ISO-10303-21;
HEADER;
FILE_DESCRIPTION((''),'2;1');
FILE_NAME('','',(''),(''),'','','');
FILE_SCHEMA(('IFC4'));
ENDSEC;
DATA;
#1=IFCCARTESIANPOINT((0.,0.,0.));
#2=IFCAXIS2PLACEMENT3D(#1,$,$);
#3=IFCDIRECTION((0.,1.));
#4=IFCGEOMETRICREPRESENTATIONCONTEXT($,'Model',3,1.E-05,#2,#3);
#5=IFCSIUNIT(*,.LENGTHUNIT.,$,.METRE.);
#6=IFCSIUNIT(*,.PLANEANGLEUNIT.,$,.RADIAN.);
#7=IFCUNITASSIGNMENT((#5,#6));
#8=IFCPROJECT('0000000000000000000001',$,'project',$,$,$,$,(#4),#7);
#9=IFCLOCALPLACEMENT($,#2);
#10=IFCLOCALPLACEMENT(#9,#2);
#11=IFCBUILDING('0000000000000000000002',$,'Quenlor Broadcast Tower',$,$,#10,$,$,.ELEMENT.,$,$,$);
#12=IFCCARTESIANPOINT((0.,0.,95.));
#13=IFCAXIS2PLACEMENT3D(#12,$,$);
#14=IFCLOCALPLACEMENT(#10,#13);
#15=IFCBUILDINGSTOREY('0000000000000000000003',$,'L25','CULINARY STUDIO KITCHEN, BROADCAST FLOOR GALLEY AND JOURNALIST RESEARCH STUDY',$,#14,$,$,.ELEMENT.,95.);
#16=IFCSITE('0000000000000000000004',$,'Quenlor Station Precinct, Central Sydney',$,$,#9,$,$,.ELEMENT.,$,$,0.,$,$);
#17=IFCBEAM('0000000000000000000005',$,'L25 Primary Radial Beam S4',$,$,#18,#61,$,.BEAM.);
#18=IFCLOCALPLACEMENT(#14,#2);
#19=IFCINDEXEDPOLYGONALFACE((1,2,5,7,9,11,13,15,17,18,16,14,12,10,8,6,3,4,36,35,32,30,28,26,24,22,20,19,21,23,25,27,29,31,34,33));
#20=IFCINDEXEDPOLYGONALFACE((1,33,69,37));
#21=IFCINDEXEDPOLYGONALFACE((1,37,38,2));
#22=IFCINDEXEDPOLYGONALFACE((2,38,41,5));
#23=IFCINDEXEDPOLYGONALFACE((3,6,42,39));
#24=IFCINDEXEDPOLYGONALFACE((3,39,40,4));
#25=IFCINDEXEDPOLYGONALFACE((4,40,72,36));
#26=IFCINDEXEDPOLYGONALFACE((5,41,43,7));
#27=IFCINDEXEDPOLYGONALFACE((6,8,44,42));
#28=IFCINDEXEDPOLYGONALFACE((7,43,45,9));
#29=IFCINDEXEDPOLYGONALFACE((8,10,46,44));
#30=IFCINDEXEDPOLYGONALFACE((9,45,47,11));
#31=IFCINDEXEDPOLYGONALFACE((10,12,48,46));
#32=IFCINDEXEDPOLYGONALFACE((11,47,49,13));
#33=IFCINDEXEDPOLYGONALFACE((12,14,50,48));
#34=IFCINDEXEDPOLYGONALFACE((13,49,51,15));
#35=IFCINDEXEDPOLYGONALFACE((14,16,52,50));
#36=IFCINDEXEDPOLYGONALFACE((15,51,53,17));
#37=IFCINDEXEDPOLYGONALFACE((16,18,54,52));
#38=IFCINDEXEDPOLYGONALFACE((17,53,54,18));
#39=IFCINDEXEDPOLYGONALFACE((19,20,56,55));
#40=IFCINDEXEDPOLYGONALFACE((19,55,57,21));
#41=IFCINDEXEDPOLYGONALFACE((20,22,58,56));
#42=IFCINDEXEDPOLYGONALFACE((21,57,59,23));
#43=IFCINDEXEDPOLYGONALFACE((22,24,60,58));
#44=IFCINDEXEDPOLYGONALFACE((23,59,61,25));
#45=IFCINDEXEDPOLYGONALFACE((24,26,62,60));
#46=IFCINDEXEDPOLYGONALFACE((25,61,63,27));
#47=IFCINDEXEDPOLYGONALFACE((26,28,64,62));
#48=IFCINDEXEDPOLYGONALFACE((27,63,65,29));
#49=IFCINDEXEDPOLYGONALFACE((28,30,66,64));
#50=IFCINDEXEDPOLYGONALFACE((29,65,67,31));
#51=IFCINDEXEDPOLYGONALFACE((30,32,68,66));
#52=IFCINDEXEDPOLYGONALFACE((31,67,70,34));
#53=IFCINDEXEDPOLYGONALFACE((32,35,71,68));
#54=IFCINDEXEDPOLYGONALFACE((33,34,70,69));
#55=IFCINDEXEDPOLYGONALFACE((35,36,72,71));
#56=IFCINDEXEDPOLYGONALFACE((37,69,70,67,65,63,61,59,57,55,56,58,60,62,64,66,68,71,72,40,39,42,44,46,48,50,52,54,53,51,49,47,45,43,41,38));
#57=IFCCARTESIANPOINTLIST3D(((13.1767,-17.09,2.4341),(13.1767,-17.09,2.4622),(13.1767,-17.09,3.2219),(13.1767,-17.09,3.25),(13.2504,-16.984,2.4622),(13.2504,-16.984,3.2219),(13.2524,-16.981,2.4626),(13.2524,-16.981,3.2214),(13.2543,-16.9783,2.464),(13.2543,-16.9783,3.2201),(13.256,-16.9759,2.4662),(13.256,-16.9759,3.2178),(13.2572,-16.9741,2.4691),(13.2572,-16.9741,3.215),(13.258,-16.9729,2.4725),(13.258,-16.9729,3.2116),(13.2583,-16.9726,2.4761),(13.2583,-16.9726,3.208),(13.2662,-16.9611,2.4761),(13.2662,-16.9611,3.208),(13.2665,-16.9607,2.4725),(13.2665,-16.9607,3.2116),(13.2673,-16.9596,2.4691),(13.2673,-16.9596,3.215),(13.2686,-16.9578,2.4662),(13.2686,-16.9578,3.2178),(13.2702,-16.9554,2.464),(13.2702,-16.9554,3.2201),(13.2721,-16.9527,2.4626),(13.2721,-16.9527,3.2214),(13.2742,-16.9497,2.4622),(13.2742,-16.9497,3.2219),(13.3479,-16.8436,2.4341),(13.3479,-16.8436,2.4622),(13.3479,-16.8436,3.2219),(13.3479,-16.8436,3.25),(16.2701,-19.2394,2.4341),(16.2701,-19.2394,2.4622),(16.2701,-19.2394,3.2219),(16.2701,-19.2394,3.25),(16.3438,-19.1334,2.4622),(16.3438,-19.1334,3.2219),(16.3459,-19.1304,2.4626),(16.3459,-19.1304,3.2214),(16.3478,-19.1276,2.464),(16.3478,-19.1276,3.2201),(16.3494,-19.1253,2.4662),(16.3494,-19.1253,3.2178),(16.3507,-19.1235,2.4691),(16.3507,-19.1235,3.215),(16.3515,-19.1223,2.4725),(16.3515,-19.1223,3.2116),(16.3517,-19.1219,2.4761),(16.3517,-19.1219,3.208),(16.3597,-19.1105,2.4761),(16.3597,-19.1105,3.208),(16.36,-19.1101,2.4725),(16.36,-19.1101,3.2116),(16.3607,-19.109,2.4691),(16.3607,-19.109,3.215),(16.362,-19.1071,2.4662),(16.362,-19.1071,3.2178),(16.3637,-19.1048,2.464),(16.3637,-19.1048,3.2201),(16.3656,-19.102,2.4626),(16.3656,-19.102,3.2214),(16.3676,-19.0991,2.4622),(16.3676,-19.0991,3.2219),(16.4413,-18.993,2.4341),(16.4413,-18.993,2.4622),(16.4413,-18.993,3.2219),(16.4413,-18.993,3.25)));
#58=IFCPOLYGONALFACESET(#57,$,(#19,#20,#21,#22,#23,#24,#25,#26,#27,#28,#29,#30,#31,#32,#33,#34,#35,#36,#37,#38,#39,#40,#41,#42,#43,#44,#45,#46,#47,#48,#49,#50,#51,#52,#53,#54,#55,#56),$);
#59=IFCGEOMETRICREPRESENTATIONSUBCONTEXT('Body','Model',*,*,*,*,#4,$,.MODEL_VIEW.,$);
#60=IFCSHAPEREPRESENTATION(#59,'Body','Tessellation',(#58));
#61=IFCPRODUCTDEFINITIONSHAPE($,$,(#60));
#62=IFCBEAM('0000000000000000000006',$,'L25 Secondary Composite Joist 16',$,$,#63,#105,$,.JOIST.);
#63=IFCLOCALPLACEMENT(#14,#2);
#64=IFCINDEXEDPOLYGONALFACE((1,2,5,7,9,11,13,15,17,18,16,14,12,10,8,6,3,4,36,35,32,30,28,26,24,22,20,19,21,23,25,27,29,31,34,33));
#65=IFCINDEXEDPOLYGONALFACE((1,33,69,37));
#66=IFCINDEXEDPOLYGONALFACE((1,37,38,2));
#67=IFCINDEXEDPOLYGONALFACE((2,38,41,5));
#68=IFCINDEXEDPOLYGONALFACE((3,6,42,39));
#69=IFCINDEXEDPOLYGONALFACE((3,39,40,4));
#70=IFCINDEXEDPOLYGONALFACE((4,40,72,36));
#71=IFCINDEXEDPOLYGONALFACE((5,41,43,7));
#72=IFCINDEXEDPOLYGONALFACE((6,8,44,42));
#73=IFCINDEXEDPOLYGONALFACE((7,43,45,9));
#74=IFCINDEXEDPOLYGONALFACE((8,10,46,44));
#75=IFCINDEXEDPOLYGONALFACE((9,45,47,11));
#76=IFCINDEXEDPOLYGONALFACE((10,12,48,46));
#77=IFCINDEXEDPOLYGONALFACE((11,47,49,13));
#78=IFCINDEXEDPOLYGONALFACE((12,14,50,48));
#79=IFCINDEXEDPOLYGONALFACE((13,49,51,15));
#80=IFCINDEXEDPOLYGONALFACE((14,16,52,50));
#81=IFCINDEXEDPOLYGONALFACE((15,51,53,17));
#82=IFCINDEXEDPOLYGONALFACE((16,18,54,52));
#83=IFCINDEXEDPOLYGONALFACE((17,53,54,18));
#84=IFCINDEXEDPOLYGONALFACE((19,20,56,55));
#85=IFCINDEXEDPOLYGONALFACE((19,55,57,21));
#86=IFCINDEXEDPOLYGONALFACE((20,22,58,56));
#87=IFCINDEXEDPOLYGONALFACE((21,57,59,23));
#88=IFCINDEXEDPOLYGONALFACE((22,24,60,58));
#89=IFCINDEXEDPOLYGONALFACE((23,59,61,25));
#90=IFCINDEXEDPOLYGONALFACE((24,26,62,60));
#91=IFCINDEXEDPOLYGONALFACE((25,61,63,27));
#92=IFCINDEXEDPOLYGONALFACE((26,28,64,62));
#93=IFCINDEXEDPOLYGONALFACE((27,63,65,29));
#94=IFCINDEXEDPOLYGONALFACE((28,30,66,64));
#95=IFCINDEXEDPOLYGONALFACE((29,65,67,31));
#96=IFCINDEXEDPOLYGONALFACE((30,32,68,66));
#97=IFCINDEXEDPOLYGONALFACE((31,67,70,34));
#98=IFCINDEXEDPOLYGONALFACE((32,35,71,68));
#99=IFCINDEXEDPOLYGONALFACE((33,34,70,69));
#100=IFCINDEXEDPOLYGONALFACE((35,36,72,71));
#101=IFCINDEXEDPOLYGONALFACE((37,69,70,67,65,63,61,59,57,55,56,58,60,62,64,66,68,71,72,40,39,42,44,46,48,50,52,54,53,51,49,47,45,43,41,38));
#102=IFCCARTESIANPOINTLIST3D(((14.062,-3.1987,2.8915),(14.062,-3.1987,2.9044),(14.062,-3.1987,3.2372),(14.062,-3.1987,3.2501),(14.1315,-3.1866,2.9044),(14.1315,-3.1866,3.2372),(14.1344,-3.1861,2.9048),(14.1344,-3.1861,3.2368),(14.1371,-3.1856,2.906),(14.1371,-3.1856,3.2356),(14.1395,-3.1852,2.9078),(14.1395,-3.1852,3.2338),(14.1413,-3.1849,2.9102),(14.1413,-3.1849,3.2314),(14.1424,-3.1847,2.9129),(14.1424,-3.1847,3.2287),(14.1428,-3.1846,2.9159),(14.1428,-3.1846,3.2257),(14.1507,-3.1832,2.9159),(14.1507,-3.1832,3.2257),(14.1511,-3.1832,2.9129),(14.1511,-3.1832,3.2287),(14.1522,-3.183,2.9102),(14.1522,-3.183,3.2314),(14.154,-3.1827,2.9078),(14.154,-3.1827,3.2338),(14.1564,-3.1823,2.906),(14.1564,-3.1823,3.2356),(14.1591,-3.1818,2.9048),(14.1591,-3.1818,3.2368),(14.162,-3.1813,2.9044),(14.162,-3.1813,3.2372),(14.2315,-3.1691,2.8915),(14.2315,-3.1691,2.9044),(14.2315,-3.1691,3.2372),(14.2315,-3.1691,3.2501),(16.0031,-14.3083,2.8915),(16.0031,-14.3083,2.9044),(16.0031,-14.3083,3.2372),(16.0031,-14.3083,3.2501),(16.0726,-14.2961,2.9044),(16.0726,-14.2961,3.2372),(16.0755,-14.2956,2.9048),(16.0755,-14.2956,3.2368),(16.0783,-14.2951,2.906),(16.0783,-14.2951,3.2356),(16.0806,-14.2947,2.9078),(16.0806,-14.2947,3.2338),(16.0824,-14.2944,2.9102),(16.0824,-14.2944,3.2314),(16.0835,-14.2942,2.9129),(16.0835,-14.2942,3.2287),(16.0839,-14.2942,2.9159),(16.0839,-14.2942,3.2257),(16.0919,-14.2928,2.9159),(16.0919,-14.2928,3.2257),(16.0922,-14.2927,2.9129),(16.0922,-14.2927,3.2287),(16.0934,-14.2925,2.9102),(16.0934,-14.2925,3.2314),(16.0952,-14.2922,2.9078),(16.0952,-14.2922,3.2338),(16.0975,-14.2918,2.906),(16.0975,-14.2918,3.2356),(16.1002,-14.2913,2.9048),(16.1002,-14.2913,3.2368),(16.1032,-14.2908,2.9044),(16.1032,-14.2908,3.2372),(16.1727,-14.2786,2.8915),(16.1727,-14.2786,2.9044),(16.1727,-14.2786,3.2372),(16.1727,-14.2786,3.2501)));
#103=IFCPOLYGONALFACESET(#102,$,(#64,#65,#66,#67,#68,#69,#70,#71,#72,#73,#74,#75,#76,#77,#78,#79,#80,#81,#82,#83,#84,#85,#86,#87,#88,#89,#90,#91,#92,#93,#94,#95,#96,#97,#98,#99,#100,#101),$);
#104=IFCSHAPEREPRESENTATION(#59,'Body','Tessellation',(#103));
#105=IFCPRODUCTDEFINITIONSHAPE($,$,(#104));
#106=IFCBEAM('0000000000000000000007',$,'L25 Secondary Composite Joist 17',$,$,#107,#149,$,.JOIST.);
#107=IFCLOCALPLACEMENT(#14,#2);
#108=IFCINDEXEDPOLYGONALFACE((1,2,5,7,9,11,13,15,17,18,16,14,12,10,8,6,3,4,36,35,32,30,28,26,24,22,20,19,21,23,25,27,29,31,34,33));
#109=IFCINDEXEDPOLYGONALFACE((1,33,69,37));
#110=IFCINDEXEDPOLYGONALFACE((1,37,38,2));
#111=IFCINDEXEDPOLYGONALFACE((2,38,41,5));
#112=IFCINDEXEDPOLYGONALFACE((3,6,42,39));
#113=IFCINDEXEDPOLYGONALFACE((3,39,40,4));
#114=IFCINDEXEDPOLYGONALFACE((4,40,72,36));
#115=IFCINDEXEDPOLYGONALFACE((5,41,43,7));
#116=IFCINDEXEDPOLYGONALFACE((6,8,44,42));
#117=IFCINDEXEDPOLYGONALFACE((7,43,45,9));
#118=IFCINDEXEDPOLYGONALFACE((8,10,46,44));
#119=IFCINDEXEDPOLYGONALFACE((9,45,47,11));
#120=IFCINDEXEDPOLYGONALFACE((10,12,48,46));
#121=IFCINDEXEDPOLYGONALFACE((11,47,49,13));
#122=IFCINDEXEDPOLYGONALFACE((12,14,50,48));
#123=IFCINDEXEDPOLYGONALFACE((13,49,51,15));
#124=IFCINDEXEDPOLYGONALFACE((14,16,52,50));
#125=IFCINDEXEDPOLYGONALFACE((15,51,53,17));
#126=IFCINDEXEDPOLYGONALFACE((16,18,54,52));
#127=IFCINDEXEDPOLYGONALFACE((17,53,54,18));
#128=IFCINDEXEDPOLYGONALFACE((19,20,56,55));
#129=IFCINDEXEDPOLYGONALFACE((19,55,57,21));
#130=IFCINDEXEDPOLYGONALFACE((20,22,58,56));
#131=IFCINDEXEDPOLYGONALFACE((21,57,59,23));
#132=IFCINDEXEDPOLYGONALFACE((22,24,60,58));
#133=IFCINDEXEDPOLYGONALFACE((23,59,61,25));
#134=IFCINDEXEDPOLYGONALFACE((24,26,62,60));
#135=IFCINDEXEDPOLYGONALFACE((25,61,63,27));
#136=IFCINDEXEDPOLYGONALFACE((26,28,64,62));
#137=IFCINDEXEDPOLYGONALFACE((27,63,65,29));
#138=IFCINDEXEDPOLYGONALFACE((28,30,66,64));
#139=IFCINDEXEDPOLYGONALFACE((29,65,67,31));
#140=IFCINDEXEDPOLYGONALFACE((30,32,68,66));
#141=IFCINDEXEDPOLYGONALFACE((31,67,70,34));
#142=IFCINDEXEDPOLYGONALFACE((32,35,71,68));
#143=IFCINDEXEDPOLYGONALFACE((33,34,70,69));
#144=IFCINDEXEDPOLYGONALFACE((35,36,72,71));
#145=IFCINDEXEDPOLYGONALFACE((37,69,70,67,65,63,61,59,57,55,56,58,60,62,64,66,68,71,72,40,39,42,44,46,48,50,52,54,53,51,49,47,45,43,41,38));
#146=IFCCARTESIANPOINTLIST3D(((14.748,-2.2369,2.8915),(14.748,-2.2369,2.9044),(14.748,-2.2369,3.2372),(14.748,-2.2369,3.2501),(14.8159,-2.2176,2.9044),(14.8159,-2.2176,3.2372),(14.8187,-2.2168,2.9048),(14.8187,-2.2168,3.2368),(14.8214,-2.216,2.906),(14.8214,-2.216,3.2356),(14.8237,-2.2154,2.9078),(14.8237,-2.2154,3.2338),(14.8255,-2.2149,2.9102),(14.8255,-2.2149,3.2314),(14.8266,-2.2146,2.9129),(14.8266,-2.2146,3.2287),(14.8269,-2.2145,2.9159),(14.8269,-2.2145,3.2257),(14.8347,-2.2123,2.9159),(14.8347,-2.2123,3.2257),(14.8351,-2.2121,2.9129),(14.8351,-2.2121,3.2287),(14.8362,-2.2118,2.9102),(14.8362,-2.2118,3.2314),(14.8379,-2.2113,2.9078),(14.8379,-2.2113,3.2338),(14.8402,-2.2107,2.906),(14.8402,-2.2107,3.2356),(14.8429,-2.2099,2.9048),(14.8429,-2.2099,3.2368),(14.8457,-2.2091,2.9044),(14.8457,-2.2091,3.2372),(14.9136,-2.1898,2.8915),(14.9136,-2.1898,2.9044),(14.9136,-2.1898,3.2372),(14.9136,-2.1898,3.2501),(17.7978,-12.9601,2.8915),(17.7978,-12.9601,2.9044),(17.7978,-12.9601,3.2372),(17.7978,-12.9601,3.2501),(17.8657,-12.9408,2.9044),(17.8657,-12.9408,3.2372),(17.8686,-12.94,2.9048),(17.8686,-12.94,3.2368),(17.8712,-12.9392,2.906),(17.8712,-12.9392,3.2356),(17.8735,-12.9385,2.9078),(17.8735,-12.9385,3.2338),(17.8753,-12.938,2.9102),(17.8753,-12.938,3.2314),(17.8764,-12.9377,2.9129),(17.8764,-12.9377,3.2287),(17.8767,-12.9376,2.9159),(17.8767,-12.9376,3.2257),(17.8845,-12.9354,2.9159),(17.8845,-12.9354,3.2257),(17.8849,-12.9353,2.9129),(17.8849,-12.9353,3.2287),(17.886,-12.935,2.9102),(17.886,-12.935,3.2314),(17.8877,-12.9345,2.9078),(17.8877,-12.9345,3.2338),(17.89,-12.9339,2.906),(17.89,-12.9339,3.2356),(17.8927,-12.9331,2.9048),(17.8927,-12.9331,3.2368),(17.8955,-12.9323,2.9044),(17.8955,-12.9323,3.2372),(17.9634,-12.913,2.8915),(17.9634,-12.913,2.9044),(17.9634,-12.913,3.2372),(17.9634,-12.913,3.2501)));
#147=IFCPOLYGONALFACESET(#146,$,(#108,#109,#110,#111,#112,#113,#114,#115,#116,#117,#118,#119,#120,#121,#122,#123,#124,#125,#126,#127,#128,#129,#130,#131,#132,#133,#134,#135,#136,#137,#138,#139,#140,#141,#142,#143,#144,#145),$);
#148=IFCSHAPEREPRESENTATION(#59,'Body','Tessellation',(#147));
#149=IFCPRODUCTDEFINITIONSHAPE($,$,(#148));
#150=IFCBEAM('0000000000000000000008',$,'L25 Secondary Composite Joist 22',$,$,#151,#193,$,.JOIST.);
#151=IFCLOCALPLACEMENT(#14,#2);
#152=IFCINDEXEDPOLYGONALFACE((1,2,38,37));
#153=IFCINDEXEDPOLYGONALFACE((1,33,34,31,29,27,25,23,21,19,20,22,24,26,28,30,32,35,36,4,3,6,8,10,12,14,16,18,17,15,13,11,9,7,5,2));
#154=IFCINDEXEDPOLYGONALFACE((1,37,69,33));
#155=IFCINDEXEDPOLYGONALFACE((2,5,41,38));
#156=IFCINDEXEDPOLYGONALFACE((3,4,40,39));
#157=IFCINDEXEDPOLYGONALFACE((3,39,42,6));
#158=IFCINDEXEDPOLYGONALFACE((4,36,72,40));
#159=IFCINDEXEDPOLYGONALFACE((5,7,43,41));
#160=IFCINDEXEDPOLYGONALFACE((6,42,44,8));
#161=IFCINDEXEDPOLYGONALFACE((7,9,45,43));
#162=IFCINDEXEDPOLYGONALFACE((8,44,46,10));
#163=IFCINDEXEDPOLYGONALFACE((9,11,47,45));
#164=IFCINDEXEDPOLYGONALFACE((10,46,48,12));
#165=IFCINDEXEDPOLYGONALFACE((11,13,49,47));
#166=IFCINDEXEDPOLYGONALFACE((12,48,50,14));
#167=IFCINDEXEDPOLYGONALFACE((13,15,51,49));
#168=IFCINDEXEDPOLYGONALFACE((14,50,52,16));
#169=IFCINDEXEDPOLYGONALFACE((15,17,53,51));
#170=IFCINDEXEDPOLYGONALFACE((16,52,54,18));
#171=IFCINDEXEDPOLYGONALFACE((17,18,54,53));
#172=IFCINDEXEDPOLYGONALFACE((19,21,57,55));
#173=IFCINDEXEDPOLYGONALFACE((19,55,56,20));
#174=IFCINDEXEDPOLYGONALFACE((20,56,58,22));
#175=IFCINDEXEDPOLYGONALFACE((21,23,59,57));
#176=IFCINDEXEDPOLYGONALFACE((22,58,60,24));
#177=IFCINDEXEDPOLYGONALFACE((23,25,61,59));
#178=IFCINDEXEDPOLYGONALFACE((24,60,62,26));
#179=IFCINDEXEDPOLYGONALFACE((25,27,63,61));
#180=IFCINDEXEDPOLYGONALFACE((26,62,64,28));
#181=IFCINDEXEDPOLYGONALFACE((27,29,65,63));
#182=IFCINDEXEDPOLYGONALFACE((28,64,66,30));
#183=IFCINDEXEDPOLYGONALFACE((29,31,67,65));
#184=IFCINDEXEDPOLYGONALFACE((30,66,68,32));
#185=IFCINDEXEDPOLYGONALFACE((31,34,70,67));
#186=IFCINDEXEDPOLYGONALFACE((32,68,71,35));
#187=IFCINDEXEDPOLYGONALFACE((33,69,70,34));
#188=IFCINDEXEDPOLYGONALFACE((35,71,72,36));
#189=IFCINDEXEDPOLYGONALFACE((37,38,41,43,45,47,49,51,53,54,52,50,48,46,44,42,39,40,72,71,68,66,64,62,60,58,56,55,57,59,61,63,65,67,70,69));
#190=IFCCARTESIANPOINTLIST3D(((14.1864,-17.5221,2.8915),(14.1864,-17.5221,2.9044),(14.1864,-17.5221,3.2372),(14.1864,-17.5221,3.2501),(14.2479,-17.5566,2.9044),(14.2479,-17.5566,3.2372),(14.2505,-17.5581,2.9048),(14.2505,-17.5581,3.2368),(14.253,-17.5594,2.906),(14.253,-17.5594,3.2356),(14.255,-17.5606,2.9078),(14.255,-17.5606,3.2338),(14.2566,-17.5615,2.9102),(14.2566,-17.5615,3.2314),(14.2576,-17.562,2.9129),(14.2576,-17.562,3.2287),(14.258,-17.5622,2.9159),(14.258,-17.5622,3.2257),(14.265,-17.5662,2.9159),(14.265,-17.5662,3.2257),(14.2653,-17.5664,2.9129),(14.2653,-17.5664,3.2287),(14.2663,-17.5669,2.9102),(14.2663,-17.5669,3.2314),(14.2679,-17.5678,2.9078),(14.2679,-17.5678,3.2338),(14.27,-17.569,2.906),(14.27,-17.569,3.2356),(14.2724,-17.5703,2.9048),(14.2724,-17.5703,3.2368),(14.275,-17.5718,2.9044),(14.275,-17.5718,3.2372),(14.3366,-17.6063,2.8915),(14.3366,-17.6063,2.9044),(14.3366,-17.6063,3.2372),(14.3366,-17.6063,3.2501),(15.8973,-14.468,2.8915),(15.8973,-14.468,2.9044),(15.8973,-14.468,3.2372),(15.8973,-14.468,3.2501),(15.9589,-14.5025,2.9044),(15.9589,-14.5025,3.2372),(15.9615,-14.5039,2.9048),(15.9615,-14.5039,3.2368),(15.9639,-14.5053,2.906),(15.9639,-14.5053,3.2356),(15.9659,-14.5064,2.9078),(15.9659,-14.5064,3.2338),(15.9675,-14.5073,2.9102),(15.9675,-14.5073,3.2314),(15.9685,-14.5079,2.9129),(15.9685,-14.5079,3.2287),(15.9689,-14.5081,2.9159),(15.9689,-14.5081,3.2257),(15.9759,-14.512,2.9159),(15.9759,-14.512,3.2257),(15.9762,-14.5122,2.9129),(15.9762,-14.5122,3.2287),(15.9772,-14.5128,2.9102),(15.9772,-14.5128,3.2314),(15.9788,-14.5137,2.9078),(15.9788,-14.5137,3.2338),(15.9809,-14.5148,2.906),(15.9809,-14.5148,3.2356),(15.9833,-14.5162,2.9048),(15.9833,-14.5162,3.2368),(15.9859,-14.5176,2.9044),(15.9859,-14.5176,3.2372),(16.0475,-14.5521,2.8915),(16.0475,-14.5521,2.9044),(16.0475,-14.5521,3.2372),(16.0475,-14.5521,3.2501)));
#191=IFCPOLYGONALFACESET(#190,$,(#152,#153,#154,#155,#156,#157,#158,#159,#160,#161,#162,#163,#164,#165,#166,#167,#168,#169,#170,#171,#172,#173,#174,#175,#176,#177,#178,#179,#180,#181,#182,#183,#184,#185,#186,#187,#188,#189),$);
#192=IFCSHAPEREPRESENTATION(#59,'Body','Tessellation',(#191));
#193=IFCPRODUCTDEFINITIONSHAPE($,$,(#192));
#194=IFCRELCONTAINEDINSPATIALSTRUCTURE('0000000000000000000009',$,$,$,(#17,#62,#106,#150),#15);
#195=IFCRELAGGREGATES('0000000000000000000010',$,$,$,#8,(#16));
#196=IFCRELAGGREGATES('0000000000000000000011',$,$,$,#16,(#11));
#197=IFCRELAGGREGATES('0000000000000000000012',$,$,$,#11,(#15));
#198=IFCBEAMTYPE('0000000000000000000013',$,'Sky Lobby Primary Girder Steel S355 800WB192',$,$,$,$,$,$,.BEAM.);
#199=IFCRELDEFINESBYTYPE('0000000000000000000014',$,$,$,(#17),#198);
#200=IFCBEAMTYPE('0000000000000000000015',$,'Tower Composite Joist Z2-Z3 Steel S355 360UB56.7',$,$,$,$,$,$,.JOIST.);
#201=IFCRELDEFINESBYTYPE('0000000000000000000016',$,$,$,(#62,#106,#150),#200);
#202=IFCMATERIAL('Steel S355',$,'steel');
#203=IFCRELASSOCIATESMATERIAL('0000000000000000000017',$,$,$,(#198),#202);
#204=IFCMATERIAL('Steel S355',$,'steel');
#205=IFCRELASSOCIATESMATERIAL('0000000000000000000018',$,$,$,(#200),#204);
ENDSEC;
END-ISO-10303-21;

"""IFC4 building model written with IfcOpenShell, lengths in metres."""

from ifc_helpers import new_model, si_unit, direction, frame, origin, origin_2d, place, context, subcontext, project, spatial, i_section, extrude, material, material_profile, profile_set, type_object, element, save


model = new_model("IFC4")

# Units and contexts
model_context = context("Model", 3, precision=1e-05, world=origin(), true_north=direction((0.0, 1.0)))
body_context = subcontext(model_context, "Body", "Model", "MODEL_VIEW")
ifc_project = project(units=[si_unit("LENGTHUNIT", "METRE"), si_unit("PLANEANGLEUNIT", "RADIAN")], contexts=[model_context])

# Site, building, storey
site_placement = place(None, origin())
site = spatial("IfcSite", under=ifc_project, at=site_placement, Name="Quenlor Station Precinct, Central Sydney", CompositionType="ELEMENT", RefElevation=0.0)
building_placement = place(site_placement, origin())
building = spatial("IfcBuilding", under=site, at=building_placement, Name="Quenlor Broadcast Tower", CompositionType="ELEMENT")
storey_placement = place(building_placement, frame((0.0, 0.0, 95.0)))
storey = spatial("IfcBuildingStorey", under=building, at=storey_placement, Name="L25", Description="CULINARY STUDIO KITCHEN, BROADCAST FLOOR GALLEY AND JOURNALIST RESEARCH STUDY", CompositionType="ELEMENT", Elevation=95.0)

# Beams
ifc_material_1 = material(Name="Steel S355", Category="steel")
ifc_material_profile_1 = material_profile(ifc_material_1, i_section(OverallWidth=0.3, OverallDepth=0.8159, WebThickness=0.0139, FlangeThickness=0.0281, FilletRadius=0.0139, at=origin_2d()))
ifc_profile_set_1 = profile_set([ifc_material_profile_1], Name="Steel S355 800WB192")
beam_type_1 = type_object("IfcBeamType", Name="Sky Lobby Primary Girder Steel S355 800WB192", PredefinedType="BEAM", material=ifc_profile_set_1)
beam_1_placement = place(storey_placement, frame((16.3557, -19.1162, 2.842), z_axis=(-0.821227, 0.570601, 0.0), x_axis=(-0.570601, -0.821227, 0.0)))
element("IfcBeam", 1, at=beam_1_placement, inside=storey, type_object=beam_type_1, Name="L25 Primary Radial Beam S4", PredefinedType="BEAM", context=body_context, shape_type="SweptSolid", body=[
    extrude(i_section(OverallWidth=0.3, OverallDepth=0.8159, WebThickness=0.0139, FlangeThickness=0.0281, FilletRadius=0.0139, at=origin_2d()), origin(), (0.0, 0.0, 1.0), 3.7668),
])
ifc_material_2 = material(Name="Steel S355", Category="steel")
ifc_material_profile_2 = material_profile(ifc_material_2, i_section(OverallWidth=0.1721, OverallDepth=0.3586, WebThickness=0.0081, FlangeThickness=0.0129, FilletRadius=0.0115, at=origin_2d()))
ifc_profile_set_2 = profile_set([ifc_material_profile_2], Name="Steel S355 360UB56.7")
beam_type_2 = type_object("IfcBeamType", Name="Tower Composite Joist Z2-Z3 Steel S355 360UB56.7", PredefinedType="JOIST", material=ifc_profile_set_2)
beam_2_placement = place(storey_placement, frame((16.0879, -14.2935, 3.0708), z_axis=(-0.17212, 0.985076, 0.0), x_axis=(-0.985076, -0.17212, 0.0)))
element("IfcBeam", 2, at=beam_2_placement, inside=storey, type_object=beam_type_2, Name="L25 Secondary Composite Joist 16", PredefinedType="JOIST", context=body_context, shape_type="SweptSolid", body=[
    extrude(i_section(OverallWidth=0.1721, OverallDepth=0.3586, WebThickness=0.0081, FlangeThickness=0.0129, FilletRadius=0.0115, at=origin_2d()), origin(), (0.0, 0.0, 1.0), 11.2778),
])
beam_3_placement = place(storey_placement, frame((17.8806, -12.9365, 3.0708), z_axis=(-0.273564, 0.961854, 0.0), x_axis=(-0.961854, -0.273564, 0.0)))
element("IfcBeam", 3, at=beam_3_placement, inside=storey, type_object=beam_type_2, Name="L25 Secondary Composite Joist 17", PredefinedType="JOIST", context=body_context, shape_type="SweptSolid", body=[
    extrude(i_section(OverallWidth=0.1721, OverallDepth=0.3586, WebThickness=0.0081, FlangeThickness=0.0129, FilletRadius=0.0115, at=origin_2d()), origin(), (0.0, 0.0, 1.0), 11.1484),
])
beam_4_placement = place(storey_placement, frame((14.2615, -17.5642, 3.0708), z_axis=(0.488731, 0.872435, 0.0), x_axis=(-0.872435, 0.488731, 0.0)))
element("IfcBeam", 4, at=beam_4_placement, inside=storey, type_object=beam_type_2, Name="L25 Secondary Composite Joist 22", PredefinedType="JOIST", context=body_context, shape_type="SweptSolid", body=[
    extrude(i_section(OverallWidth=0.1721, OverallDepth=0.3586, WebThickness=0.0081, FlangeThickness=0.0129, FilletRadius=0.0115, at=origin_2d()), origin(), (0.0, 0.0, 1.0), 3.5007),
])

save(model, "model.ifc")
